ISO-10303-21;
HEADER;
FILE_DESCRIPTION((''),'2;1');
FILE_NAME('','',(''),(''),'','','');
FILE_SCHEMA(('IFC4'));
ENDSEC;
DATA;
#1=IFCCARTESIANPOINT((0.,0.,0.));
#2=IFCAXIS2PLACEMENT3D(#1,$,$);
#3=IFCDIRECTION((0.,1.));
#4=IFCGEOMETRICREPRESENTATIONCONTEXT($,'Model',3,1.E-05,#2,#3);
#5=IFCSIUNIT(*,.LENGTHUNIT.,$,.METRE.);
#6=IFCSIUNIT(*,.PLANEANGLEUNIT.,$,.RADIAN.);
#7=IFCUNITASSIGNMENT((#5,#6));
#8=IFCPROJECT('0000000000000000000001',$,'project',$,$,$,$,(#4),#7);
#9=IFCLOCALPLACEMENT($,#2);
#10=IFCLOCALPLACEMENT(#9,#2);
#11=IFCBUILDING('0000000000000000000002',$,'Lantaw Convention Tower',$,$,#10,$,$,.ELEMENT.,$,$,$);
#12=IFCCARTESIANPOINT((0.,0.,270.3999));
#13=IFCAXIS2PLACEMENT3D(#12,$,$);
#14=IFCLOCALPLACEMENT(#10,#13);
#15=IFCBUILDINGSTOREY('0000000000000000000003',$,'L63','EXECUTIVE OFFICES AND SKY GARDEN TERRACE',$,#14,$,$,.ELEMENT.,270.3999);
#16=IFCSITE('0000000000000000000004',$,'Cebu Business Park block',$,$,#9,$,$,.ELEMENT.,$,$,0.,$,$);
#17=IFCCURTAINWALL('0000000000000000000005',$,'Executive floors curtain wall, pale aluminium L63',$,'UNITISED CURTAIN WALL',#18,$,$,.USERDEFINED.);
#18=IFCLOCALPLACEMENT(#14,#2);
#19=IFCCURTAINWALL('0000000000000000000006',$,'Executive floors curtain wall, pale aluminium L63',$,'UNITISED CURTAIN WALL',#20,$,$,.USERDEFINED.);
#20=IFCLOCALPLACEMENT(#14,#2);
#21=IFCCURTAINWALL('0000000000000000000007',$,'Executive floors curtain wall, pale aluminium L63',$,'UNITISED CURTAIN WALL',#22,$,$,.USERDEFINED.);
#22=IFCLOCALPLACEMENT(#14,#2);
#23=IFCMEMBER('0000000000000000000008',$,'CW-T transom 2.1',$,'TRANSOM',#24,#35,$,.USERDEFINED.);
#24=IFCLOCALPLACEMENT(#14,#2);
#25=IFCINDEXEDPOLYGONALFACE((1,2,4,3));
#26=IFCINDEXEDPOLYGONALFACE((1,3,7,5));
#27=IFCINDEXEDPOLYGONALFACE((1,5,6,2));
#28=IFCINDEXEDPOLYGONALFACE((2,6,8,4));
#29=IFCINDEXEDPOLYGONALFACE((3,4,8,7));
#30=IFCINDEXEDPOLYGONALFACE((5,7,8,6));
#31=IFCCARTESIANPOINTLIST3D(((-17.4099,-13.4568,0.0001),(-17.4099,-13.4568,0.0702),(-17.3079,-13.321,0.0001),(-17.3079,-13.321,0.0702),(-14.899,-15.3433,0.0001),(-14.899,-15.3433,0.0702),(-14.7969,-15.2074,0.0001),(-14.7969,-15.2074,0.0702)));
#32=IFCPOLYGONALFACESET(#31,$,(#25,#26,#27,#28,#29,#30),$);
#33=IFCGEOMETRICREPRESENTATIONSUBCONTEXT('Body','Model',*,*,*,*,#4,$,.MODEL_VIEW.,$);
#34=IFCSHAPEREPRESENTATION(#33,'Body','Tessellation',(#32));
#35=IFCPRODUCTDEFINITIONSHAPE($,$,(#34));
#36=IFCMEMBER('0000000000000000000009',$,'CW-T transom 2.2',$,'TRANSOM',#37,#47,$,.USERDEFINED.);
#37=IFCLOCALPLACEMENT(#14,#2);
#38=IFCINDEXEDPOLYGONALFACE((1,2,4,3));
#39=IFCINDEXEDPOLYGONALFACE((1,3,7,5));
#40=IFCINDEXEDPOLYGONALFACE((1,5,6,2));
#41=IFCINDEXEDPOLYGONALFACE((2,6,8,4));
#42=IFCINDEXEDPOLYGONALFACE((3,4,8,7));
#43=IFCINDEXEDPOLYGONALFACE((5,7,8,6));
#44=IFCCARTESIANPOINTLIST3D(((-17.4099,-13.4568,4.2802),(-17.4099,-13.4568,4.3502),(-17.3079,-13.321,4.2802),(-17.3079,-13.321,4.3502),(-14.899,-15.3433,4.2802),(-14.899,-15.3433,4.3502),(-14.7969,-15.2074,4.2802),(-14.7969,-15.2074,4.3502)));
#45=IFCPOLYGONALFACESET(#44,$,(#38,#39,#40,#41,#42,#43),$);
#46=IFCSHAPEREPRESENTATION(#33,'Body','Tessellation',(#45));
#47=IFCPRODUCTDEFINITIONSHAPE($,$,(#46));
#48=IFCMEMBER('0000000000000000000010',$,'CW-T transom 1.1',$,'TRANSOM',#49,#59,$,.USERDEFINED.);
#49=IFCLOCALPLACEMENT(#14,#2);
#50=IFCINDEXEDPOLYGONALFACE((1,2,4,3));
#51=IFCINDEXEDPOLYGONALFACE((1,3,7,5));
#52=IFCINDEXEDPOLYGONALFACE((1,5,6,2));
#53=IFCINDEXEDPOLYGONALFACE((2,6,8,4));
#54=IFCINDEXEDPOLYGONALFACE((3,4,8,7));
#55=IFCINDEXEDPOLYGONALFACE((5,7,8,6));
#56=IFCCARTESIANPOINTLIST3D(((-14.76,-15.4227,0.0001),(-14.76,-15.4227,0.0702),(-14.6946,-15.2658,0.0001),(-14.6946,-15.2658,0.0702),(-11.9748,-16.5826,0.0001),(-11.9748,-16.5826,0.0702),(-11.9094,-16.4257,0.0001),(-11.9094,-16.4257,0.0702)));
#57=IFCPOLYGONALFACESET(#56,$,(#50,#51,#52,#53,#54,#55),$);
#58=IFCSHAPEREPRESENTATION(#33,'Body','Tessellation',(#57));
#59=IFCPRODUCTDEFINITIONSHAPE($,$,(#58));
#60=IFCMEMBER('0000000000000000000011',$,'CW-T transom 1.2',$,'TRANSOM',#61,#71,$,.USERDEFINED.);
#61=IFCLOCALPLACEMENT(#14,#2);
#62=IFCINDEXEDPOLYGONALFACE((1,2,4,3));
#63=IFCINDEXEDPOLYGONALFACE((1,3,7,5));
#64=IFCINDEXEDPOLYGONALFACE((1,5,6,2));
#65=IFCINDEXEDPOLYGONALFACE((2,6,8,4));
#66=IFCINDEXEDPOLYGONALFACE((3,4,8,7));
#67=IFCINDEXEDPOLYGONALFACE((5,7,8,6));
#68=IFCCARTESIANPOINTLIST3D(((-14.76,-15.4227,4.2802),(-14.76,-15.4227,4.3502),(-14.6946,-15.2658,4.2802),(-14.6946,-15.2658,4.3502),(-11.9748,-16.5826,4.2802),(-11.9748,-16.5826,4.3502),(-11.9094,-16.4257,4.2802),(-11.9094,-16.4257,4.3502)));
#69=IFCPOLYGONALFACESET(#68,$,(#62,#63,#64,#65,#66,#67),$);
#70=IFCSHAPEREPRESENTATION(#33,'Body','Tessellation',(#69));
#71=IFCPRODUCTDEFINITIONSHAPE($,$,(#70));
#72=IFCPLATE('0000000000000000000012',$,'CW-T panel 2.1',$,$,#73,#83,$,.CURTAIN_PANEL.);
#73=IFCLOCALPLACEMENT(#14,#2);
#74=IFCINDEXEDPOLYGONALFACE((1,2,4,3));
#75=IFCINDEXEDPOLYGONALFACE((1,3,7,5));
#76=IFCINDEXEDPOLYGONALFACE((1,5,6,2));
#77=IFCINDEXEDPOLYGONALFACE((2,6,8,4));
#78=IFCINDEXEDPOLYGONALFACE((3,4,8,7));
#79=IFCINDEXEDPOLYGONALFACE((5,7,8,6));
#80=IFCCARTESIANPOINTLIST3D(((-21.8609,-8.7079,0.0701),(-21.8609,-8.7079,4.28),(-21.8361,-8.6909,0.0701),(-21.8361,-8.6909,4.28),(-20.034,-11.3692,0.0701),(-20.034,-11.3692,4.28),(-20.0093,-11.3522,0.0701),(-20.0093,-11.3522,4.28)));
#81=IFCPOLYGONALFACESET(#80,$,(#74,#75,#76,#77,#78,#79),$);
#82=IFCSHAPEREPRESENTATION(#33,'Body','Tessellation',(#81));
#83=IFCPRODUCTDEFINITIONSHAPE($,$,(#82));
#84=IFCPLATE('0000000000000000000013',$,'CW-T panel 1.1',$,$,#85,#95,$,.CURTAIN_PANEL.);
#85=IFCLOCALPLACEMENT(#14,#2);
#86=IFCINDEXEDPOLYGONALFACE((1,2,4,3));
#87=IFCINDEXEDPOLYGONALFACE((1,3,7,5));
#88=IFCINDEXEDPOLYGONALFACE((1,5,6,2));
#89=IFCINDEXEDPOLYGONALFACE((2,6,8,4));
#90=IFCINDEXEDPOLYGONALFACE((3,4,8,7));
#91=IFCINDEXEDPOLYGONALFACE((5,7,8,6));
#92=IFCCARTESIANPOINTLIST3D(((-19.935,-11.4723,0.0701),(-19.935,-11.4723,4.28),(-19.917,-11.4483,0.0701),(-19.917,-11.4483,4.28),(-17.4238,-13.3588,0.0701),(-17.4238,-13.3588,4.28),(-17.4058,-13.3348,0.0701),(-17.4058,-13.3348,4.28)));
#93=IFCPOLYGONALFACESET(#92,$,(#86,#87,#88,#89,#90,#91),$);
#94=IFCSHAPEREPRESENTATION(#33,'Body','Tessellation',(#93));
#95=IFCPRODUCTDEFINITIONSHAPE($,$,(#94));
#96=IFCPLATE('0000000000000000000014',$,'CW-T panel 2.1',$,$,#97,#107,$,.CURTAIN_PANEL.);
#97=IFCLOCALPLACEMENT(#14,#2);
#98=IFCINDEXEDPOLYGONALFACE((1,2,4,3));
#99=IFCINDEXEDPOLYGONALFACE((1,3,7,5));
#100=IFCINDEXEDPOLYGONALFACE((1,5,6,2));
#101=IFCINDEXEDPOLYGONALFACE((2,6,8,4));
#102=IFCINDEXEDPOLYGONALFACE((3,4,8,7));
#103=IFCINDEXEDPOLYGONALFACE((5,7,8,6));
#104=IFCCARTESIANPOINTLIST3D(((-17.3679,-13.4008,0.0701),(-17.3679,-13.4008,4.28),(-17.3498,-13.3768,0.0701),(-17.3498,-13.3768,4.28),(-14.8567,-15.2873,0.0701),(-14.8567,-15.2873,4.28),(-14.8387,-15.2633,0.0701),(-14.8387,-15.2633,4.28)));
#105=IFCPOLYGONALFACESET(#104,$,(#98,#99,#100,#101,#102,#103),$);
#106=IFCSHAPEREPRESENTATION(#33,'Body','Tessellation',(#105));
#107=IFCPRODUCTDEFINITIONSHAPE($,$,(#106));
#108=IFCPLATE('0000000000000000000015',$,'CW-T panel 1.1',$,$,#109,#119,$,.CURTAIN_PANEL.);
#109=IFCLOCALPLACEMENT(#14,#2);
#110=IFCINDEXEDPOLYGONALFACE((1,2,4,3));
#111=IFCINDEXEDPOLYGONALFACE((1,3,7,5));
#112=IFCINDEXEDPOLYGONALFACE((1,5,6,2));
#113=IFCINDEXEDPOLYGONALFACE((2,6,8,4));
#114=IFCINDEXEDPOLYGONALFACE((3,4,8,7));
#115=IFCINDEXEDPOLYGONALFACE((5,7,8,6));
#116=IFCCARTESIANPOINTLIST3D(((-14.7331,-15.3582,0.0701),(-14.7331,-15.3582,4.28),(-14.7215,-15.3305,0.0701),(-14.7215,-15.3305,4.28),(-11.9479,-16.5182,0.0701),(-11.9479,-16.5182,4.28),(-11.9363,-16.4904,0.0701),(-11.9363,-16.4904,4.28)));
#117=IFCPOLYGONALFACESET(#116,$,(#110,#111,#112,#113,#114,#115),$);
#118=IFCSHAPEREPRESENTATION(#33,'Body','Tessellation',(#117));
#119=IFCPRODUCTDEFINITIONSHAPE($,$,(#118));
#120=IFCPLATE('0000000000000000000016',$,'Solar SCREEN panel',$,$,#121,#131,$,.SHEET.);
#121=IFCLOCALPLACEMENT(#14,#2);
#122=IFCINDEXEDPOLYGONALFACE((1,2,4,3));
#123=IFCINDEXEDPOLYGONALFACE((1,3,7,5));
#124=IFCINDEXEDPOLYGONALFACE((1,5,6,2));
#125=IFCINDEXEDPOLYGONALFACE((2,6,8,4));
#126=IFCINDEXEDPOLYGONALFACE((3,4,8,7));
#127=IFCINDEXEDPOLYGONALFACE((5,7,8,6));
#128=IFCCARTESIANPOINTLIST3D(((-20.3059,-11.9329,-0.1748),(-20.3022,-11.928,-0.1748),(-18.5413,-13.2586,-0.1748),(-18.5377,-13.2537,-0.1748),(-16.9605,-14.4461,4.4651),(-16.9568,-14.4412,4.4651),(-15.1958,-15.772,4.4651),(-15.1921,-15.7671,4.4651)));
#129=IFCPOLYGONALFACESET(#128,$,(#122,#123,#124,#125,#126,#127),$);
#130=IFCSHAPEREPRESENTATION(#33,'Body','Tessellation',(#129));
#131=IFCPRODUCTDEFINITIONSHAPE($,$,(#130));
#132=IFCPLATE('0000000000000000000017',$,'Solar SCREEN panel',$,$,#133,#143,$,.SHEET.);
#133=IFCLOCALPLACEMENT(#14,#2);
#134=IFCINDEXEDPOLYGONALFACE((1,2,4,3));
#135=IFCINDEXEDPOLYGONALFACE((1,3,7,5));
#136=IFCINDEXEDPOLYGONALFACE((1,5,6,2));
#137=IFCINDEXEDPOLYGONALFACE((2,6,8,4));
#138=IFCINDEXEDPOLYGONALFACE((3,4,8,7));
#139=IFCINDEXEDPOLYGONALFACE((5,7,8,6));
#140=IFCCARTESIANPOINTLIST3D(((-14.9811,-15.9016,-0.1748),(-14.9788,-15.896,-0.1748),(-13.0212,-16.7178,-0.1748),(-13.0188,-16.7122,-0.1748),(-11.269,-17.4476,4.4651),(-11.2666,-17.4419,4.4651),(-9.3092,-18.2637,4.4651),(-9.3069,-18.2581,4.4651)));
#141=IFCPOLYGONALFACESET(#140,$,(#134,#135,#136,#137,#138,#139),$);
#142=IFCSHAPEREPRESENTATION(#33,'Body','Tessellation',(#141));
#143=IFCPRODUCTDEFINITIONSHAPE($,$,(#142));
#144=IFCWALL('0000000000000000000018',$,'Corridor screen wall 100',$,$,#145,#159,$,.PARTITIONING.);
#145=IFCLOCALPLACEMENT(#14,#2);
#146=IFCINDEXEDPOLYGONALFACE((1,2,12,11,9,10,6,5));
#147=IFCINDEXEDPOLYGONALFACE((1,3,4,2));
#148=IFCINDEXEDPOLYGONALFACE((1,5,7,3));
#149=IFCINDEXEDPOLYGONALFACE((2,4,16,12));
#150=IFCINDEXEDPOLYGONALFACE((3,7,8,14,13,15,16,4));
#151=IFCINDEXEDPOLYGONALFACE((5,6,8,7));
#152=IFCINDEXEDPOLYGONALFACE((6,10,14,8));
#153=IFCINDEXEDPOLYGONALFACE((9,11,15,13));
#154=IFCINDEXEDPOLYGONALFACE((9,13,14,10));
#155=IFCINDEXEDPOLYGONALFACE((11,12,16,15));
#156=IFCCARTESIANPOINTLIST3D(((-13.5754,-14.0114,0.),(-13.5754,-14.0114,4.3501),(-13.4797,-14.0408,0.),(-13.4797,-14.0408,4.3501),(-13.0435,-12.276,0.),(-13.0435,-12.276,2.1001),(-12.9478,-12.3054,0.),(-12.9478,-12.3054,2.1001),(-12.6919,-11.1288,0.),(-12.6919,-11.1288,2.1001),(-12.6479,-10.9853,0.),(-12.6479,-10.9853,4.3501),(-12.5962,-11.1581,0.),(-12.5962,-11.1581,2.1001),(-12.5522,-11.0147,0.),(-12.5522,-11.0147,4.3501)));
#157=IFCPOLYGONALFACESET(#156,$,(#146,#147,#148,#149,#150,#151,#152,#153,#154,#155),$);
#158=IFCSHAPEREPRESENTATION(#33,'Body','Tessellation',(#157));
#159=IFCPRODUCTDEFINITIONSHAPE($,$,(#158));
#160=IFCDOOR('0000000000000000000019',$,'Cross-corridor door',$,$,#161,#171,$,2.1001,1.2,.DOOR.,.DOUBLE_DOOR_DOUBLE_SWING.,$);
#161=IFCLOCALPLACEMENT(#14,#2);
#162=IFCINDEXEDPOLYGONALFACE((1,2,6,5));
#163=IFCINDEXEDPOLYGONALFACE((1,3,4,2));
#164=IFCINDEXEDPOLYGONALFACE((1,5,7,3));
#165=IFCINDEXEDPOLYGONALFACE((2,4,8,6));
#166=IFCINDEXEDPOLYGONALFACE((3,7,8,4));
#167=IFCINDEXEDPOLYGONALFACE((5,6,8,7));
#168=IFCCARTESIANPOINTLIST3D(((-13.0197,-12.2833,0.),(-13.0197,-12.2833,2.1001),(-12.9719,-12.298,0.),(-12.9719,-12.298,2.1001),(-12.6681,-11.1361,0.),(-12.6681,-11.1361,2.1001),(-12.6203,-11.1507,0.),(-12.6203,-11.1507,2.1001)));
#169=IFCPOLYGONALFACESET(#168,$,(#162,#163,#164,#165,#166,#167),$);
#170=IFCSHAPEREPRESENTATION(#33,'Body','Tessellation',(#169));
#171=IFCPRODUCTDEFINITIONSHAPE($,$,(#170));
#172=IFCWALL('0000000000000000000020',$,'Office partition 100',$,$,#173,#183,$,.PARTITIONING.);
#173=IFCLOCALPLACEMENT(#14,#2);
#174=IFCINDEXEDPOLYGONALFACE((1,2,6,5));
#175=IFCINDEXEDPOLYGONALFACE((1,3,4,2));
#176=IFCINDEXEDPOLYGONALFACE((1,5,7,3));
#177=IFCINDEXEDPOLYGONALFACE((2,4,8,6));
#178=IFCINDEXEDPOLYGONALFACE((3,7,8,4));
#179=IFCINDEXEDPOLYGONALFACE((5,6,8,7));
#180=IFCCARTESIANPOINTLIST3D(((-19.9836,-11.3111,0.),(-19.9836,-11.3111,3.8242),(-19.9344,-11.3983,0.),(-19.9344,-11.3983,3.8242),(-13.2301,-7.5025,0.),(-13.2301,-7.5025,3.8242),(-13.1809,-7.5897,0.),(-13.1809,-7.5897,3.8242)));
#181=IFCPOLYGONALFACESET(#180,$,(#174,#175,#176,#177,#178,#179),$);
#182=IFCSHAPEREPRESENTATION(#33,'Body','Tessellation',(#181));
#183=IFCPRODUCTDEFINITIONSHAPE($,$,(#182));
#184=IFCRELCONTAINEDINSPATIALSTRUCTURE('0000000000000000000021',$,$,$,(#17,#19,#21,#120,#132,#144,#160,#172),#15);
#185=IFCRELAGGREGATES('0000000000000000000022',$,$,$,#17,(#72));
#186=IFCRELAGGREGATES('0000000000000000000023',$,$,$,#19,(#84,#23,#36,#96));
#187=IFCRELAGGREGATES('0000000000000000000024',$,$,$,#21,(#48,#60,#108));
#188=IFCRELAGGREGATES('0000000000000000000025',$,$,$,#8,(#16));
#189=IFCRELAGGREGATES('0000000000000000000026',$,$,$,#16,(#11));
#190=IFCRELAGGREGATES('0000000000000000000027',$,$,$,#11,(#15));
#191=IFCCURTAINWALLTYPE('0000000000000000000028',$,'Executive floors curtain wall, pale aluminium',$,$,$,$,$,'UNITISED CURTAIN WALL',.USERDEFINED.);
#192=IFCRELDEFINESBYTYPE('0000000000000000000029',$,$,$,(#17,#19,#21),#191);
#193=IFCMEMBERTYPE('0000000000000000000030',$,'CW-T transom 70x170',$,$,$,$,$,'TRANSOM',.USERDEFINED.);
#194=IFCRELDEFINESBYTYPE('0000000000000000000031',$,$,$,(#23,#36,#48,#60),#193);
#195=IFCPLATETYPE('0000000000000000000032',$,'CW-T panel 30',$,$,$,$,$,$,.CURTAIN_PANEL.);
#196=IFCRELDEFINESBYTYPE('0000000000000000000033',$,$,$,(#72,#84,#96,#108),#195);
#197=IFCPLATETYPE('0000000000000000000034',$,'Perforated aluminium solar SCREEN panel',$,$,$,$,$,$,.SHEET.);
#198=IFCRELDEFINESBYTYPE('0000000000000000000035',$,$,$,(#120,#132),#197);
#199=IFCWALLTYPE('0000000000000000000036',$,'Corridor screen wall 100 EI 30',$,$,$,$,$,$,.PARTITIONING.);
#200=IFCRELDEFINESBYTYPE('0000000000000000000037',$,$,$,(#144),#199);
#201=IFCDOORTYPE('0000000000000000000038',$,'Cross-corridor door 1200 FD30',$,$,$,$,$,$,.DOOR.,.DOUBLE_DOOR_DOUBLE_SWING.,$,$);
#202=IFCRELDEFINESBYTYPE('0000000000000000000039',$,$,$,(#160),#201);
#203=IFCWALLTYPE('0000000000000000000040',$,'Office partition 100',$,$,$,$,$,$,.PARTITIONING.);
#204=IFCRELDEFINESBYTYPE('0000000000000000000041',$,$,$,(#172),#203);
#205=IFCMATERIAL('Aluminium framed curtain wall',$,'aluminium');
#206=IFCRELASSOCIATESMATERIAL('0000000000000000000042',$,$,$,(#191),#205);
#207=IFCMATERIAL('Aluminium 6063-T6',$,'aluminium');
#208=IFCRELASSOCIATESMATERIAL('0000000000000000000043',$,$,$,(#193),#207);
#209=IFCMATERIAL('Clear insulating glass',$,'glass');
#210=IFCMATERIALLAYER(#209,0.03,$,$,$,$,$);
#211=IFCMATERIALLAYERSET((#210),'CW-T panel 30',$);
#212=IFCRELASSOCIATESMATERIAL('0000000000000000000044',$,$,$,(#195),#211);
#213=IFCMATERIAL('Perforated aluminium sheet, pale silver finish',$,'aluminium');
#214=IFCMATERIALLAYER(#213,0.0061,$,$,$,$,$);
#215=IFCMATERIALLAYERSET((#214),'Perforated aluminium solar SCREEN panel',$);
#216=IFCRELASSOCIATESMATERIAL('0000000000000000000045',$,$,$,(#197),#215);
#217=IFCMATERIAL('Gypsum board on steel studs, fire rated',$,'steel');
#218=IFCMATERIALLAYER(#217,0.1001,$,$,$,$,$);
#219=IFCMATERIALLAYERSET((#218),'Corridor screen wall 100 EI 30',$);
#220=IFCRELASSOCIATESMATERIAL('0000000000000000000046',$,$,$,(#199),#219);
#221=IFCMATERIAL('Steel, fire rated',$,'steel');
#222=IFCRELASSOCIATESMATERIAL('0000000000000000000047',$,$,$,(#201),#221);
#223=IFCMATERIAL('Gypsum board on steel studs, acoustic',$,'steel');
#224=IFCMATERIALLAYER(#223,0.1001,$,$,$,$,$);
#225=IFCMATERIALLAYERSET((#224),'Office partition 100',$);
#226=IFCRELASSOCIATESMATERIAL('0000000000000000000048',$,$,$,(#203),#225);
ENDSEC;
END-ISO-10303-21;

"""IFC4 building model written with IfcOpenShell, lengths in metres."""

from ifc_helpers import new_model, si_unit, direction, frame, frame_2d, origin, origin_2d, place, context, subcontext, project, spatial, polyline, rectangle, outline, extrude, material, layer, layer_set, material_profile, profile_set, type_object, element, fill, aggregate, save


model = new_model("IFC4")

# Units and contexts
model_context = context("Model", 3, precision=1e-05, world=origin(), true_north=direction((0.0, 1.0)))
body_context = subcontext(model_context, "Body", "Model", "MODEL_VIEW")
ifc_project = project(units=[si_unit("LENGTHUNIT", "METRE"), si_unit("PLANEANGLEUNIT", "RADIAN")], contexts=[model_context])

# Site, building, storey
site_placement = place(None, origin())
site = spatial("IfcSite", under=ifc_project, at=site_placement, Name="Cebu Business Park block", CompositionType="ELEMENT", RefElevation=0.0)
building_placement = place(site_placement, origin())
building = spatial("IfcBuilding", under=site, at=building_placement, Name="Lantaw Convention Tower", CompositionType="ELEMENT")
storey_placement = place(building_placement, frame((0.0, 0.0, 270.3999)))
storey = spatial("IfcBuildingStorey", under=building, at=storey_placement, Name="L63", Description="EXECUTIVE OFFICES AND SKY GARDEN TERRACE", CompositionType="ELEMENT", Elevation=270.3999)

# Curtain wall
ifc_material_1 = material(Name="Aluminium framed curtain wall", Category="aluminium")
curtain_wall_type = type_object("IfcCurtainWallType", Name="Executive floors curtain wall, pale aluminium", ElementType="UNITISED CURTAIN WALL", PredefinedType="USERDEFINED", material=ifc_material_1)
curtain_wall_1_placement = place(storey_placement, origin())
curtain_wall_1 = element("IfcCurtainWall", 1, at=curtain_wall_1_placement, inside=storey, type_object=curtain_wall_type, Name="Executive floors curtain wall, pale aluminium L63", ObjectType="UNITISED CURTAIN WALL", PredefinedType="USERDEFINED")
ifc_material_2 = material(Name="Aluminium 6063-T6", Category="aluminium")

# Curtain wall
curtain_wall_2_placement = place(storey_placement, origin())
curtain_wall_2 = element("IfcCurtainWall", 2, at=curtain_wall_2_placement, inside=storey, type_object=curtain_wall_type, Name="Executive floors curtain wall, pale aluminium L63", ObjectType="UNITISED CURTAIN WALL", PredefinedType="USERDEFINED")

# Curtain wall
curtain_wall_3_placement = place(storey_placement, origin())
curtain_wall_3 = element("IfcCurtainWall", 3, at=curtain_wall_3_placement, inside=storey, type_object=curtain_wall_type, Name="Executive floors curtain wall, pale aluminium L63", ObjectType="UNITISED CURTAIN WALL", PredefinedType="USERDEFINED")

# Members
ifc_material_profile_1 = material_profile(ifc_material_2, rectangle(XDim=0.1699, YDim=0.0701, at=origin_2d()), Name="CW-T transom 70x170")
ifc_profile_set_1 = profile_set([ifc_material_profile_1], Name="Aluminium 6063-T6")
member_type_1 = type_object("IfcMemberType", Name="CW-T transom 70x170", ElementType="TRANSOM", PredefinedType="USERDEFINED", material=ifc_profile_set_1)
member_1_placement = place(storey_placement, frame((-17.3589, -13.3889, 0.0352), z_axis=(0.799505, -0.600659, 0.0), x_axis=(0.600659, 0.799505, 0.0)))
member_1 = element("IfcMember", 4, at=member_1_placement, type_object=member_type_1, Name="CW-T transom 2.1", ObjectType="TRANSOM", PredefinedType="USERDEFINED", context=body_context, shape_type="SweptSolid", body=[
    extrude(rectangle(XDim=0.1699, YDim=0.0701, at=origin_2d()), origin(), (0.0, 0.0, 1.0), 3.1406),
])
member_2_placement = place(storey_placement, frame((-17.3589, -13.3889, 4.3152), z_axis=(0.799505, -0.600659, 0.0), x_axis=(0.600659, 0.799505, 0.0)))
member_2 = element("IfcMember", 5, at=member_2_placement, type_object=member_type_1, Name="CW-T transom 2.2", ObjectType="TRANSOM", PredefinedType="USERDEFINED", context=body_context, shape_type="SweptSolid", body=[
    extrude(rectangle(XDim=0.1699, YDim=0.0701, at=origin_2d()), origin(), (0.0, 0.0, 1.0), 3.1406),
])
member_3_placement = place(storey_placement, frame((-14.7273, -15.3442, 0.0352), z_axis=(0.923144, -0.384454, 0.0), x_axis=(0.384454, 0.923144, 0.0)))
member_3 = element("IfcMember", 6, at=member_3_placement, type_object=member_type_1, Name="CW-T transom 1.1", ObjectType="TRANSOM", PredefinedType="USERDEFINED", context=body_context, shape_type="SweptSolid", body=[
    extrude(rectangle(XDim=0.1699, YDim=0.0701, at=origin_2d()), origin(), (0.0, 0.0, 1.0), 3.0171),
])
member_4_placement = place(storey_placement, frame((-14.7273, -15.3442, 4.3152), z_axis=(0.923144, -0.384454, 0.0), x_axis=(0.384454, 0.923144, 0.0)))
member_4 = element("IfcMember", 7, at=member_4_placement, type_object=member_type_1, Name="CW-T transom 1.2", ObjectType="TRANSOM", PredefinedType="USERDEFINED", context=body_context, shape_type="SweptSolid", body=[
    extrude(rectangle(XDim=0.1699, YDim=0.0701, at=origin_2d()), origin(), (0.0, 0.0, 1.0), 3.0171),
])

# Plates
ifc_material_3 = material(Name="Clear insulating glass", Category="glass")
ifc_layer_1 = layer(ifc_material_3, 0.03)
ifc_layer_set_1 = layer_set([ifc_layer_1], Name="CW-T panel 30")
plate_type_1 = type_object("IfcPlateType", Name="CW-T panel 30", PredefinedType="CURTAIN_PANEL", material=ifc_layer_set_1)
plate_1_placement = place(storey_placement, frame((-20.9351, -10.03, 0.0701), z_axis=(0.0, 0.0, 1.0), x_axis=(0.565935, -0.82445, 0.0)))
plate_1 = element("IfcPlate", 8, at=plate_1_placement, type_object=plate_type_1, Name="CW-T panel 2.1", PredefinedType="CURTAIN_PANEL", context=body_context, shape_type="SweptSolid", body=[
    extrude(rectangle(XDim=3.228, YDim=0.03, at=origin_2d()), origin(), (0.0, 0.0, 1.0), 4.21),
])
aggregate(curtain_wall_1, [plate_1])
plate_2_placement = place(storey_placement, frame((-18.6704, -12.4036, 0.0701), z_axis=(0.0, 0.0, 1.0), x_axis=(0.799518, -0.600643, 0.0)))
plate_2 = element("IfcPlate", 9, at=plate_2_placement, type_object=plate_type_1, Name="CW-T panel 1.1", PredefinedType="CURTAIN_PANEL", context=body_context, shape_type="SweptSolid", body=[
    extrude(rectangle(XDim=3.1409, YDim=0.03, at=origin_2d()), origin(), (0.0, 0.0, 1.0), 4.21),
])
plate_3_placement = place(storey_placement, frame((-16.1033, -14.332, 0.0701), z_axis=(0.0, 0.0, 1.0), x_axis=(0.799518, -0.600643, 0.0)))
plate_3 = element("IfcPlate", 10, at=plate_3_placement, type_object=plate_type_1, Name="CW-T panel 2.1", PredefinedType="CURTAIN_PANEL", context=body_context, shape_type="SweptSolid", body=[
    extrude(rectangle(XDim=3.1409, YDim=0.03, at=origin_2d()), origin(), (0.0, 0.0, 1.0), 4.21),
])
aggregate(curtain_wall_2, [plate_2, member_1, member_2, plate_3])
plate_4_placement = place(storey_placement, frame((-13.3347, -15.9243, 0.0701), z_axis=(0.0, 0.0, 1.0), x_axis=(0.923142, -0.38446, 0.0)))
plate_4 = element("IfcPlate", 11, at=plate_4_placement, type_object=plate_type_1, Name="CW-T panel 1.1", PredefinedType="CURTAIN_PANEL", context=body_context, shape_type="SweptSolid", body=[
    extrude(rectangle(XDim=3.0171, YDim=0.03, at=origin_2d()), origin(), (0.0, 0.0, 1.0), 4.21),
])
aggregate(curtain_wall_3, [member_3, member_4, plate_4])

# Plates
ifc_material_4 = material(Name="Perforated aluminium sheet, pale silver finish", Category="aluminium")
ifc_layer_2 = layer(ifc_material_4, 0.0061)
ifc_layer_set_2 = layer_set([ifc_layer_2], Name="Perforated aluminium solar SCREEN panel")
plate_type_2 = type_object("IfcPlateType", Name="Perforated aluminium solar SCREEN panel", PredefinedType="SHEET", material=ifc_layer_set_2)
plate_5_placement = place(storey_placement, frame((-20.3059, -11.9329, -0.1748), z_axis=(-0.600672, -0.799495, 0.000032), x_axis=(0.799495, -0.600672, 0.0)))
element("IfcPlate", 12, at=plate_5_placement, inside=storey, type_object=plate_type_2, Name="Solar SCREEN panel", PredefinedType="SHEET", context=body_context, shape_type="SweptSolid", body=[
    extrude(outline(polyline([(0.0, 0.0), (2.2071, 0.0), (6.3916, 4.6399), (4.1843, 4.6399), (0.0, 0.0)])), origin(), (0.0, 0.0, -1.0), 0.0061),
])
plate_6_placement = place(storey_placement, frame((-14.9788, -15.896, -0.1748), z_axis=(0.38444, 0.92315, 0.000009), x_axis=(0.92315, -0.38444, 0.0)))
element("IfcPlate", 13, at=plate_6_placement, inside=storey, type_object=plate_type_2, Name="Solar SCREEN panel", PredefinedType="SHEET", context=body_context, shape_type="SweptSolid", body=[
    extrude(outline(polyline([(0.0, 0.0), (2.1231, 0.0), (6.1441, -4.6399), (4.0212, -4.6399), (0.0, 0.0)])), origin(), (0.0, 0.0, -1.0), 0.0061),
])

# Wall, opening, door
ifc_material_5 = material(Name="Gypsum board on steel studs, fire rated", Category="steel")
ifc_layer_3 = layer(ifc_material_5, 0.1001)
ifc_layer_set_3 = layer_set([ifc_layer_3], Name="Corridor screen wall 100 EI 30")
wall_type_1 = type_object("IfcWallType", Name="Corridor screen wall 100 EI 30", PredefinedType="PARTITIONING", material=ifc_layer_set_3)
wall_1_placement = place(storey_placement, frame((-12.6001, -11.0, 0.0), z_axis=(0.0, 0.0, 1.0), x_axis=(-0.29304, -0.9561, 0.0)))
wall_1 = element("IfcWall", 14, at=wall_1_placement, inside=storey, type_object=wall_type_1, Name="Corridor screen wall 100", PredefinedType="PARTITIONING", context=body_context, shape_type="SweptSolid", body=[
    extrude(rectangle(XDim=3.165, YDim=0.1001, at=frame_2d((1.5825, 0.0))), origin(), (0.0, 0.0, 1.0), 4.3501),
])
opening_placement = place(wall_1_placement, frame((0.1499, 0.0, 0.0)))
opening = element("IfcOpeningElement", 15, at=opening_placement, cuts=wall_1, PredefinedType="OPENING", context=body_context, shape_type="SweptSolid", body=[
    extrude(rectangle(XDim=1.2, YDim=2.1001, at=frame_2d((0.6001, 1.05))), frame((0.0, 0.0601, 0.0), z_axis=(0.0, -1.0, 0.0), x_axis=(1.0, 0.0, 0.0)), (0.0, 0.0, 1.0), 0.1201),
])
ifc_material_6 = material(Name="Steel, fire rated", Category="steel")
door_type = type_object("IfcDoorType", Name="Cross-corridor door 1200 FD30", OperationType="DOUBLE_DOOR_DOUBLE_SWING", PredefinedType="DOOR", material=ifc_material_6)
door_placement = place(opening_placement, origin())
door = element("IfcDoor", 16, at=door_placement, inside=storey, type_object=door_type, Name="Cross-corridor door", OperationType="DOUBLE_DOOR_DOUBLE_SWING", OverallHeight=2.1001, OverallWidth=1.2, PredefinedType="DOOR", context=body_context, shape_type="SweptSolid", body=[
    extrude(rectangle(XDim=1.2, YDim=2.1001, at=frame_2d((0.6001, 1.05))), frame((0.0, 0.0249, 0.0), z_axis=(0.0, -1.0, 0.0), x_axis=(1.0, 0.0, 0.0)), (0.0, 0.0, 1.0), 0.05),
])
fill(opening, door)

# Wall
ifc_material_7 = material(Name="Gypsum board on steel studs, acoustic", Category="steel")
ifc_layer_4 = layer(ifc_material_7, 0.1001)
ifc_layer_set_4 = layer_set([ifc_layer_4], Name="Office partition 100")
wall_type_2 = type_object("IfcWallType", Name="Office partition 100", PredefinedType="PARTITIONING", material=ifc_layer_set_4)
wall_2_placement = place(storey_placement, frame((-19.959, -11.3547, 0.0), z_axis=(0.0, 0.0, 1.0), x_axis=(0.871035, 0.491221, 0.0)))
element("IfcWall", 17, at=wall_2_placement, inside=storey, type_object=wall_type_2, Name="Office partition 100", PredefinedType="PARTITIONING", context=body_context, shape_type="SweptSolid", body=[
    extrude(rectangle(XDim=7.7534, YDim=0.1001, at=frame_2d((3.8767, 0.0))), origin(), (0.0, 0.0, 1.0), 3.8242),
])

save(model, "model.ifc")
